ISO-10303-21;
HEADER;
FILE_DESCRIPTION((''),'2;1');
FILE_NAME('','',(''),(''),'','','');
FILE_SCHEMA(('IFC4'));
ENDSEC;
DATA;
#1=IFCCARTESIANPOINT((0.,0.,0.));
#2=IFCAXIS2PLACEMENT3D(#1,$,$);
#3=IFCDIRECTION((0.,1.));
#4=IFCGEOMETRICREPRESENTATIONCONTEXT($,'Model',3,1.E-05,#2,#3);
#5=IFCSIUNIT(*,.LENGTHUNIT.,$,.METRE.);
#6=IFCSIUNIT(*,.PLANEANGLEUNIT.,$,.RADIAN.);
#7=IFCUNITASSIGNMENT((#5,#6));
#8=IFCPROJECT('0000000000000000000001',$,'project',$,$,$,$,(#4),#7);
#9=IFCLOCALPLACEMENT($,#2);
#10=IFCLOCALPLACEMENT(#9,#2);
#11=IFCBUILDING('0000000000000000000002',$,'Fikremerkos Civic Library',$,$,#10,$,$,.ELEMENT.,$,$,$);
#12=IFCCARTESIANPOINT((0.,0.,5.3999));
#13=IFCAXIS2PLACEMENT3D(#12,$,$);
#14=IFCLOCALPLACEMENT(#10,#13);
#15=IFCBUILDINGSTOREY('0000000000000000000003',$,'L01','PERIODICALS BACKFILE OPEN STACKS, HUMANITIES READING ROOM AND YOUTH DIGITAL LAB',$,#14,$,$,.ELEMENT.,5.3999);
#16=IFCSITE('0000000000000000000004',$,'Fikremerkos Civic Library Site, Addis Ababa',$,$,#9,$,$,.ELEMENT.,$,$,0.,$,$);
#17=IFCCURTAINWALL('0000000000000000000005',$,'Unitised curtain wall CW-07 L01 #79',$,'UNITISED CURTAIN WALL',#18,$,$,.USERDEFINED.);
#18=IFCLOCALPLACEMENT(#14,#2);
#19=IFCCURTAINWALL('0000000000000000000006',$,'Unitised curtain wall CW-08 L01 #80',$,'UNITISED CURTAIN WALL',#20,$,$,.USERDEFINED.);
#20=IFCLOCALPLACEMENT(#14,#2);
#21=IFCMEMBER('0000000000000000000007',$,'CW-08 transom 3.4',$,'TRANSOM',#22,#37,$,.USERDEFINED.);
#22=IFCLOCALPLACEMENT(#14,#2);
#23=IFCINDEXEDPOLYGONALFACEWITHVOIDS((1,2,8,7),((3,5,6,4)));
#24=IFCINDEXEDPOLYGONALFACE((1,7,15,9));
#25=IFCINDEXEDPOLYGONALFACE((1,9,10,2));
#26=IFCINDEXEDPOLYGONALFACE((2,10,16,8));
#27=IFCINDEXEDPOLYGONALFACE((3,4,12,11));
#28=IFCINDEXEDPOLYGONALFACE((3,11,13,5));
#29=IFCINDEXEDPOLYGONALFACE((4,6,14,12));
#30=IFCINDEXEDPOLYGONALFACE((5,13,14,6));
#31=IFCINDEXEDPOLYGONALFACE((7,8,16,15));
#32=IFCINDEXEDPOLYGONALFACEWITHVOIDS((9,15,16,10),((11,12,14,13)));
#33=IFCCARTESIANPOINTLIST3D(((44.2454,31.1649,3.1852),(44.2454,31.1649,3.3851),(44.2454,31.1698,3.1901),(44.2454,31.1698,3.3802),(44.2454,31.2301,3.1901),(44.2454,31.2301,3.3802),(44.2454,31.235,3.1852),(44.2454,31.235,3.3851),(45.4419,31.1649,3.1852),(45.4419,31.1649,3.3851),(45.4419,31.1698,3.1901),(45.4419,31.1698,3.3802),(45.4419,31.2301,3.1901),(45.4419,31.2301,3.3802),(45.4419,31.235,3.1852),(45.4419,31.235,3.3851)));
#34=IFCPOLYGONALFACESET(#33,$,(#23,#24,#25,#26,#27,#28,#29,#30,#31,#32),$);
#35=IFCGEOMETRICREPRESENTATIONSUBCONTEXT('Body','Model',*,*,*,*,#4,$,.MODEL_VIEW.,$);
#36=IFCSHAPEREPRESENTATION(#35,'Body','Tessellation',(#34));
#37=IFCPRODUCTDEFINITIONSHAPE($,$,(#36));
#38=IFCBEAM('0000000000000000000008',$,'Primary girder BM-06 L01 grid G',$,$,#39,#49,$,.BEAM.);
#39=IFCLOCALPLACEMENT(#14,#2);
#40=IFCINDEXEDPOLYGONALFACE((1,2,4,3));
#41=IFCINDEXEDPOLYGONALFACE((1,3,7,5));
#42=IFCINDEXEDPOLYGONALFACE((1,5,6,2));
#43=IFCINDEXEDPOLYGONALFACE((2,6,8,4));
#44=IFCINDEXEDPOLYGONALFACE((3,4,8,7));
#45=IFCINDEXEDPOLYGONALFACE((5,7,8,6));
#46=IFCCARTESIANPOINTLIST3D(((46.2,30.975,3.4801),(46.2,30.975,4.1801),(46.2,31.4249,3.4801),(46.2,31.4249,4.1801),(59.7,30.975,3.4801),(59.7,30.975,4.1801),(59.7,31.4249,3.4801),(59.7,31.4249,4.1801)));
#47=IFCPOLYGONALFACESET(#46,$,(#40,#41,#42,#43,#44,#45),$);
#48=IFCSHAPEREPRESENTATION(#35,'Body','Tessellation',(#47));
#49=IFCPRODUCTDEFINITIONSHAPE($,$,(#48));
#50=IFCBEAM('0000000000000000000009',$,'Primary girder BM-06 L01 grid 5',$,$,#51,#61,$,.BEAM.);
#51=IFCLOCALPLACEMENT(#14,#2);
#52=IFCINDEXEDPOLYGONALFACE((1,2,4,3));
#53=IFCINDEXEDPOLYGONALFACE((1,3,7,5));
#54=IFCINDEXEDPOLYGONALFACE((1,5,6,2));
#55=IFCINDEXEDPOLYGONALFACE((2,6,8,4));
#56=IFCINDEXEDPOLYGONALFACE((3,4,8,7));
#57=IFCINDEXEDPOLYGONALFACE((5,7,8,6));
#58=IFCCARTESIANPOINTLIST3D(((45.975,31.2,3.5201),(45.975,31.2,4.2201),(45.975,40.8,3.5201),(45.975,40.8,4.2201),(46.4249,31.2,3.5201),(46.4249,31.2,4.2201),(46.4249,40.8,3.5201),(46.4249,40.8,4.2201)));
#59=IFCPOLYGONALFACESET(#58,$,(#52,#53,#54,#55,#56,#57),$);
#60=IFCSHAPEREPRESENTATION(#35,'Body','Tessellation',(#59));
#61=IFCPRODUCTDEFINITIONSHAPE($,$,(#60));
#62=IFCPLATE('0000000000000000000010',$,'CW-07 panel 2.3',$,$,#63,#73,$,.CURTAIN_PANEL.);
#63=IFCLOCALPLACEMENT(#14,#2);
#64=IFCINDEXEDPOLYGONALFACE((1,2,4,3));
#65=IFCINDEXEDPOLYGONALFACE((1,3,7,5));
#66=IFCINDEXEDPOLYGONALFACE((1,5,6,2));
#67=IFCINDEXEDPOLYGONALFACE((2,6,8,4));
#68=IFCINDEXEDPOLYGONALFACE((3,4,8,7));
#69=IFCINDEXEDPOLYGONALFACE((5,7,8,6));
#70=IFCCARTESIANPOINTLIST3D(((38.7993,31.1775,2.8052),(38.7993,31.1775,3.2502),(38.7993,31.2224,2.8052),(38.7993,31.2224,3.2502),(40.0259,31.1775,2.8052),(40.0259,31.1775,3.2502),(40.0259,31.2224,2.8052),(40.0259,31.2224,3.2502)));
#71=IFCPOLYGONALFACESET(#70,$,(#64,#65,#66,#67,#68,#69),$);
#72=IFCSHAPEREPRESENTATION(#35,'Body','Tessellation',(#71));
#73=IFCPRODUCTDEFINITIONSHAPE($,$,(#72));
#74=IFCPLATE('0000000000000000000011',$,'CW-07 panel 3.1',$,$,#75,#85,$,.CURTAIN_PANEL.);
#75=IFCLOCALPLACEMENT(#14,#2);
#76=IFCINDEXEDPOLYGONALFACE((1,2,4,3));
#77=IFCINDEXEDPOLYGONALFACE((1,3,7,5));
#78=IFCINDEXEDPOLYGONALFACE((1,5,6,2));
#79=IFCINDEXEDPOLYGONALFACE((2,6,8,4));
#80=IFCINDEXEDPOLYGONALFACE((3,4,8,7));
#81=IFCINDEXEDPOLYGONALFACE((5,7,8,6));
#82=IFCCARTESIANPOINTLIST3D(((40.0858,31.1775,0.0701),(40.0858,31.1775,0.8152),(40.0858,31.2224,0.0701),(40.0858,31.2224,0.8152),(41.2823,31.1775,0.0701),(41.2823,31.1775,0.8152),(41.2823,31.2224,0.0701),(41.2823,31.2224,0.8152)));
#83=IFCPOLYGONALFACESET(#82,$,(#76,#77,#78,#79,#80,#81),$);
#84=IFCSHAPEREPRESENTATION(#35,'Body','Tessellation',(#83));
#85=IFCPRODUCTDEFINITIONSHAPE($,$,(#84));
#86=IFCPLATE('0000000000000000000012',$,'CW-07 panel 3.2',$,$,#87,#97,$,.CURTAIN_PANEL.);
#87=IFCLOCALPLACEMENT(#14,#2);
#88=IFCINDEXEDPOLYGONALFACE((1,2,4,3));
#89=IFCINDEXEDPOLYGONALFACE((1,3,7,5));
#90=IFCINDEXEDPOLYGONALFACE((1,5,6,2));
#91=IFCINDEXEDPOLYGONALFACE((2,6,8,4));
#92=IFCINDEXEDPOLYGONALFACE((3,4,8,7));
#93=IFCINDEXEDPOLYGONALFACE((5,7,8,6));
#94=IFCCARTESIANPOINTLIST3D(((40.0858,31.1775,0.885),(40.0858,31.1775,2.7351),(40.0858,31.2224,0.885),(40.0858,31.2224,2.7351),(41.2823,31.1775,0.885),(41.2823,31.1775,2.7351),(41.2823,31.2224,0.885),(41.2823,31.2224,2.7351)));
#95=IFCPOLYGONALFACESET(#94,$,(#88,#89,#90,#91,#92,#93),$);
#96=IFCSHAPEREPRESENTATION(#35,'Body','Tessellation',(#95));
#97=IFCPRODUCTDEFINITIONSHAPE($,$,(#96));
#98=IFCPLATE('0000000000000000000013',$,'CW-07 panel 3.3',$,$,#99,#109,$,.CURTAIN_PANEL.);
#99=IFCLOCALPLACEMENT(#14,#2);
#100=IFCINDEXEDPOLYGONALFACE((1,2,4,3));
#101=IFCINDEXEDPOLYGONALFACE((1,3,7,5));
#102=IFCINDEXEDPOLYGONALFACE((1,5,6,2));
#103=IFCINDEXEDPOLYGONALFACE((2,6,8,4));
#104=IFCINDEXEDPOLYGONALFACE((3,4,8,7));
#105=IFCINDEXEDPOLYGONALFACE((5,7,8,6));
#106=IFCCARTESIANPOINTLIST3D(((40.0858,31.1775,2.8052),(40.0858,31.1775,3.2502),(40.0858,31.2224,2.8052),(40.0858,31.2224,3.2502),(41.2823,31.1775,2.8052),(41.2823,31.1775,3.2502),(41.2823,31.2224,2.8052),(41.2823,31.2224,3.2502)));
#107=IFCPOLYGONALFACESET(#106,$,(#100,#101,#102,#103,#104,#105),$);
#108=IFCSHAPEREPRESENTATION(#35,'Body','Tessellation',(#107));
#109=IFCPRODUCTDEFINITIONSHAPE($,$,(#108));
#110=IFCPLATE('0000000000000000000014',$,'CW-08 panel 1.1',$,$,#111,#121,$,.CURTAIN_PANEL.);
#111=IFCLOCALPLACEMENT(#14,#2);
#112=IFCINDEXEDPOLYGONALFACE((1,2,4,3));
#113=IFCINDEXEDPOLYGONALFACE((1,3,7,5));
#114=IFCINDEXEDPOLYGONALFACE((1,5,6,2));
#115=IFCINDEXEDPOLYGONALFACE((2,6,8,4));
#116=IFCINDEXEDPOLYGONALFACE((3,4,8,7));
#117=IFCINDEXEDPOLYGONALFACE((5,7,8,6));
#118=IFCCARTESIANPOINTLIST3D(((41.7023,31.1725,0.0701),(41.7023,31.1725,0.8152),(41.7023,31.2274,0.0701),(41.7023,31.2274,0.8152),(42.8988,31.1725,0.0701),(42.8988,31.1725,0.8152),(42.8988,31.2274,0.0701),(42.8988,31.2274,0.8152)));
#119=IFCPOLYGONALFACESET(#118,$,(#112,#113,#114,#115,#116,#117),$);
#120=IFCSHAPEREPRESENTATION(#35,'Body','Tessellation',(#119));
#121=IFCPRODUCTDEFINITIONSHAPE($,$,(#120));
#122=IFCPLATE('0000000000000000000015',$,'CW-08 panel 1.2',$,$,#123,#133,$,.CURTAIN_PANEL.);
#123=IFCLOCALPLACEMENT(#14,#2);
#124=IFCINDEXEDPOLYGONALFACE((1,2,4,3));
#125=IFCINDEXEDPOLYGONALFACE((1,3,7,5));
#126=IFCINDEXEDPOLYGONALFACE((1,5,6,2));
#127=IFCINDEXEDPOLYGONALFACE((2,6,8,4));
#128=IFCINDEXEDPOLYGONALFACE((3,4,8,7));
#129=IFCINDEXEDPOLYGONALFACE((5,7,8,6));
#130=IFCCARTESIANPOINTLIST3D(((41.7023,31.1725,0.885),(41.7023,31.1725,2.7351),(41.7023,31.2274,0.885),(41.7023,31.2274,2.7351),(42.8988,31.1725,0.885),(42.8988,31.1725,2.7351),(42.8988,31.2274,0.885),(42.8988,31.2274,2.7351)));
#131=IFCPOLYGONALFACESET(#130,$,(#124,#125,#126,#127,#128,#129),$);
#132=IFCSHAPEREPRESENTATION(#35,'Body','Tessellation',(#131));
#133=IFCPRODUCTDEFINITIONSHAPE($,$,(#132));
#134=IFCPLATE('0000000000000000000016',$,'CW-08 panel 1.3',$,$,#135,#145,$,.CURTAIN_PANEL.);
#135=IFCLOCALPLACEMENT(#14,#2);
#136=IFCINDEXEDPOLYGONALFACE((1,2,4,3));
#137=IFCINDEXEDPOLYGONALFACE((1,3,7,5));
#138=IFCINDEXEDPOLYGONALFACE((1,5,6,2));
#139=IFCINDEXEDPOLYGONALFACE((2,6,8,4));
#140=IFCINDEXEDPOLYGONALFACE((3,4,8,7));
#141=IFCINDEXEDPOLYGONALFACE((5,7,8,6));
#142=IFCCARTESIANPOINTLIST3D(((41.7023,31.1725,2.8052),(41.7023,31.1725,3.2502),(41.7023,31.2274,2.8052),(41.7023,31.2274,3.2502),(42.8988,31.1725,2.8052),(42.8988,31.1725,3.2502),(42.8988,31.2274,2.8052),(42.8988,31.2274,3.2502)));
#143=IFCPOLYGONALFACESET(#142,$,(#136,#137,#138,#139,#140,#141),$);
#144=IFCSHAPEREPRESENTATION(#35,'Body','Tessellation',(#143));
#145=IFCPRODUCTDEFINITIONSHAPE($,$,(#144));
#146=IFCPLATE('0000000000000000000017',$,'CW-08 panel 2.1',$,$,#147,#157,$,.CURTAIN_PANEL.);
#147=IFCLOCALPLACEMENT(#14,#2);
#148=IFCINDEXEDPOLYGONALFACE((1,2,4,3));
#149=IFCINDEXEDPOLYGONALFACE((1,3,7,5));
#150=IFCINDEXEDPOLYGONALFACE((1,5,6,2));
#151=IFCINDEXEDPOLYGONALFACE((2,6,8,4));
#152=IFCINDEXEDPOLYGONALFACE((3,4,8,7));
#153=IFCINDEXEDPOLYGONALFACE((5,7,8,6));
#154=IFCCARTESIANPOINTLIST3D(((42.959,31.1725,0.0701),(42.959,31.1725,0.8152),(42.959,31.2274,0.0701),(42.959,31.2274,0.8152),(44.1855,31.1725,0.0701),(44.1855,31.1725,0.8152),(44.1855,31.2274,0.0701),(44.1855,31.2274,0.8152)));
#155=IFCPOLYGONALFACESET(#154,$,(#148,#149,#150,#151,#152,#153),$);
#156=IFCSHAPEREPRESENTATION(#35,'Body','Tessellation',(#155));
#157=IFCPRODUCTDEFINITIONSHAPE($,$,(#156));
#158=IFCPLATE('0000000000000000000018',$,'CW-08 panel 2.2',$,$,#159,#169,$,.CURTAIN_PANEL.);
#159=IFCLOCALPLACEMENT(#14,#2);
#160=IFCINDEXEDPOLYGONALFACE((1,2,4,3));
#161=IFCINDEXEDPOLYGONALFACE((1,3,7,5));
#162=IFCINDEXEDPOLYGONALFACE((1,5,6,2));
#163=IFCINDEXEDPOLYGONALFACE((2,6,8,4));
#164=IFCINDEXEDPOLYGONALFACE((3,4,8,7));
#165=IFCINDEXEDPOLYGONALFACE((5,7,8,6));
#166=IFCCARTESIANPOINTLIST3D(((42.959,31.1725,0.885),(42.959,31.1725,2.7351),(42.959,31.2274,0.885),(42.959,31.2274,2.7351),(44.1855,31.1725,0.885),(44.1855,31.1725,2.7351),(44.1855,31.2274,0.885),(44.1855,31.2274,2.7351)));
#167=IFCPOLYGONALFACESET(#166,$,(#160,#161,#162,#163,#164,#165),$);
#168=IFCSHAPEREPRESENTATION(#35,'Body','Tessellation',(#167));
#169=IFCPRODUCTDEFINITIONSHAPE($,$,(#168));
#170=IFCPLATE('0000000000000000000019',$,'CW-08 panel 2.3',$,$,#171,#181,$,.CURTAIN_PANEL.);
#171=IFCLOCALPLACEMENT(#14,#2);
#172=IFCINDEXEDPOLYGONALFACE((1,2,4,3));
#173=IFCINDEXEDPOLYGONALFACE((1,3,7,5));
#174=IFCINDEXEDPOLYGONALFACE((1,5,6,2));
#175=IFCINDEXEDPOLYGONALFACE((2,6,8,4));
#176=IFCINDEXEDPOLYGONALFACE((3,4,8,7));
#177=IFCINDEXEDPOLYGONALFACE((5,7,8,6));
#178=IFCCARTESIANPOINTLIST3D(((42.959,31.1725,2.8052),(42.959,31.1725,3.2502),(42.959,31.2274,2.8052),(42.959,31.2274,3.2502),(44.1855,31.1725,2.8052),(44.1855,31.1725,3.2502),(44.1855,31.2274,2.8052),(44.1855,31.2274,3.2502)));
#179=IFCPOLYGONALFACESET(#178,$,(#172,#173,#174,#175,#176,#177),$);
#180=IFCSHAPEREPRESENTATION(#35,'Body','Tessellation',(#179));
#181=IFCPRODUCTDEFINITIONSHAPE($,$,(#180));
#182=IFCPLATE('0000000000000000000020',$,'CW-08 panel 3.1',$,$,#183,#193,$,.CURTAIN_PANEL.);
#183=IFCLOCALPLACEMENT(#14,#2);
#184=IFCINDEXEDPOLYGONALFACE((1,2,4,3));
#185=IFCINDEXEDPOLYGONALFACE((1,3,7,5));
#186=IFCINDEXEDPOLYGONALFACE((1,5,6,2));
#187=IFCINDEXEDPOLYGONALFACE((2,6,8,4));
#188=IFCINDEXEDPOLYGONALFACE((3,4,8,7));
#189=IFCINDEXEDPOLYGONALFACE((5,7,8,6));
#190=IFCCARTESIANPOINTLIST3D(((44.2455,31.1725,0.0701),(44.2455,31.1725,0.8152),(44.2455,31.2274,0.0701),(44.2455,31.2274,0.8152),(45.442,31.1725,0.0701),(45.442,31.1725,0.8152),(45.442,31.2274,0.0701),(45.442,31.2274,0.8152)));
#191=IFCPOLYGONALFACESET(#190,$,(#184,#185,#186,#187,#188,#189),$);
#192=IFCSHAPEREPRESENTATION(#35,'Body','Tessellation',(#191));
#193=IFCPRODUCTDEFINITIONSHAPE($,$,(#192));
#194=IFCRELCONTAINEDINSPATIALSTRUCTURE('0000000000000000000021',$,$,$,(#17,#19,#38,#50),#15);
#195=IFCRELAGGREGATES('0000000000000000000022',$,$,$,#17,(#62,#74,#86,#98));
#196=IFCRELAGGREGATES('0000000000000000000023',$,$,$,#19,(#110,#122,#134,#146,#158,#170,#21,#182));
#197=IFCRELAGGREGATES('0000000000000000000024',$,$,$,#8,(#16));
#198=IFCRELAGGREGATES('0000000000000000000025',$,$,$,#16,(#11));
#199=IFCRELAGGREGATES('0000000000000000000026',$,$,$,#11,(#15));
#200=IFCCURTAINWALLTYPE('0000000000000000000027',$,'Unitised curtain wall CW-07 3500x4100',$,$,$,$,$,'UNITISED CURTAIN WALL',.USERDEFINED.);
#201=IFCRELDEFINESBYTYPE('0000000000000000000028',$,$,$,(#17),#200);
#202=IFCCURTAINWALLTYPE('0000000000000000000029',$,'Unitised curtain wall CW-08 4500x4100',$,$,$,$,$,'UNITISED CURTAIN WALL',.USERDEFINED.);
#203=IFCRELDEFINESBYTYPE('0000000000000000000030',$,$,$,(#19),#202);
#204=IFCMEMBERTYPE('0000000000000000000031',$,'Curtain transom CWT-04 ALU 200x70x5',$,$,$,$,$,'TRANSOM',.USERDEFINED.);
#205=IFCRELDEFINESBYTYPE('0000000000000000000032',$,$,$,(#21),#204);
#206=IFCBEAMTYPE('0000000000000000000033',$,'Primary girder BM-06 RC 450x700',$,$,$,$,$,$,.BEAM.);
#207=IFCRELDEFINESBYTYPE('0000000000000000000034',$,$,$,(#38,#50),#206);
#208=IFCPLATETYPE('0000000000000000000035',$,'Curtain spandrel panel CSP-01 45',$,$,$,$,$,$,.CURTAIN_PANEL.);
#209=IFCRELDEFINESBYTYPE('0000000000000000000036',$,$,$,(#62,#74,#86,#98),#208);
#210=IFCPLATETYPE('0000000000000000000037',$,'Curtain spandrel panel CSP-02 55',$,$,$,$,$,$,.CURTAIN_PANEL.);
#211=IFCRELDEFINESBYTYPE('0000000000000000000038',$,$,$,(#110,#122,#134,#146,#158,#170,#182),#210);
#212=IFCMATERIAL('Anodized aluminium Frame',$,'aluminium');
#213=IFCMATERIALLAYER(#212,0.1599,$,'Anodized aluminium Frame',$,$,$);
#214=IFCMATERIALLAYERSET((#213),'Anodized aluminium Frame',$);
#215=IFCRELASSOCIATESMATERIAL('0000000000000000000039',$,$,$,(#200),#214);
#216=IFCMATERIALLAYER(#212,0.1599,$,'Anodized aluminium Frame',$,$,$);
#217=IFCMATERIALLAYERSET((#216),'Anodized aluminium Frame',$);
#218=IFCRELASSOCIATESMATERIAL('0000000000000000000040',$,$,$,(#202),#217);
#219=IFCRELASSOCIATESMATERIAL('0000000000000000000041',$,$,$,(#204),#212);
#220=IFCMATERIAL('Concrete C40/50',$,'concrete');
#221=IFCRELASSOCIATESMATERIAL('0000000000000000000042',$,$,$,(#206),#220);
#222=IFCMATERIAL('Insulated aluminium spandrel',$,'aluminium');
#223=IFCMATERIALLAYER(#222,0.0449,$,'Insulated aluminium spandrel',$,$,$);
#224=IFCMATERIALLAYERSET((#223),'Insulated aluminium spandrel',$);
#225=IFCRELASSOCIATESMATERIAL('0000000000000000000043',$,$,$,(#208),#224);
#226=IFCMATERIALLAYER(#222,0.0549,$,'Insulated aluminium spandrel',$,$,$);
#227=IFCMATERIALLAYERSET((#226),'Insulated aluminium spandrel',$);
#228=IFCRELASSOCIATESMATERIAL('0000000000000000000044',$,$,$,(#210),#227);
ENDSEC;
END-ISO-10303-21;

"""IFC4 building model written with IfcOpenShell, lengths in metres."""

from ifc_helpers import new_model, si_unit, direction, frame, origin, origin_2d, place, context, subcontext, project, spatial, rectangle, hollow_rectangle, extrude, material, layer, layer_set, material_profile, profile_set, type_object, element, aggregate, save


model = new_model("IFC4")

# Units and contexts
model_context = context("Model", 3, precision=1e-05, world=origin(), true_north=direction((0.0, 1.0)))
body_context = subcontext(model_context, "Body", "Model", "MODEL_VIEW")
ifc_project = project(units=[si_unit("LENGTHUNIT", "METRE"), si_unit("PLANEANGLEUNIT", "RADIAN")], contexts=[model_context])

# Site, building, storey
site_placement = place(None, origin())
site = spatial("IfcSite", under=ifc_project, at=site_placement, Name="Fikremerkos Civic Library Site, Addis Ababa", CompositionType="ELEMENT", RefElevation=0.0)
building_placement = place(site_placement, origin())
building = spatial("IfcBuilding", under=site, at=building_placement, Name="Fikremerkos Civic Library", CompositionType="ELEMENT")
storey_placement = place(building_placement, frame((0.0, 0.0, 5.3999)))
storey = spatial("IfcBuildingStorey", under=building, at=storey_placement, Name="L01", Description="PERIODICALS BACKFILE OPEN STACKS, HUMANITIES READING ROOM AND YOUTH DIGITAL LAB", CompositionType="ELEMENT", Elevation=5.3999)

# Shared definitions
ifc_material_1 = material(Name="Concrete C40/50", Category="concrete")

# Curtain walls
ifc_material_2 = material(Name="Anodized aluminium Frame", Category="aluminium")
ifc_layer_1 = layer(ifc_material_2, 0.1599, Name="Anodized aluminium Frame")
ifc_layer_set_1 = layer_set([ifc_layer_1], Name="Anodized aluminium Frame")
curtain_wall_type_1 = type_object("IfcCurtainWallType", Name="Unitised curtain wall CW-07 3500x4100", ElementType="UNITISED CURTAIN WALL", PredefinedType="USERDEFINED", material=ifc_layer_set_1)
curtain_wall_1_placement = place(storey_placement, origin())
curtain_wall_1 = element("IfcCurtainWall", 1, at=curtain_wall_1_placement, inside=storey, type_object=curtain_wall_type_1, Name="Unitised curtain wall CW-07 L01 #79", ObjectType="UNITISED CURTAIN WALL", PredefinedType="USERDEFINED")
ifc_layer_2 = layer(ifc_material_2, 0.1599, Name="Anodized aluminium Frame")
ifc_layer_set_2 = layer_set([ifc_layer_2], Name="Anodized aluminium Frame")
curtain_wall_type_2 = type_object("IfcCurtainWallType", Name="Unitised curtain wall CW-08 4500x4100", ElementType="UNITISED CURTAIN WALL", PredefinedType="USERDEFINED", material=ifc_layer_set_2)
curtain_wall_2_placement = place(storey_placement, origin())
curtain_wall_2 = element("IfcCurtainWall", 2, at=curtain_wall_2_placement, inside=storey, type_object=curtain_wall_type_2, Name="Unitised curtain wall CW-08 L01 #80", ObjectType="UNITISED CURTAIN WALL", PredefinedType="USERDEFINED")

# Member
ifc_material_profile_1 = material_profile(ifc_material_2, hollow_rectangle(XDim=0.0701, YDim=0.2, WallThickness=0.0049, at=origin_2d()), Name="ALU 200x70x5")
ifc_profile_set_1 = profile_set([ifc_material_profile_1], Name="Anodized aluminium Frame")
member_type_1 = type_object("IfcMemberType", Name="Curtain transom CWT-04 ALU 200x70x5", ElementType="TRANSOM", PredefinedType="USERDEFINED", material=ifc_profile_set_1)
member_1_placement = place(storey_placement, frame((44.2454, 31.2, 3.2852), z_axis=(1.0, 0.0, 0.0), x_axis=(0.0, 1.0, 0.0)))
member_1 = element("IfcMember", 3, at=member_1_placement, type_object=member_type_1, Name="CW-08 transom 3.4", ObjectType="TRANSOM", PredefinedType="USERDEFINED", context=body_context, shape_type="SweptSolid", body=[
    extrude(hollow_rectangle(XDim=0.0701, YDim=0.2, WallThickness=0.0049, at=origin_2d()), origin(), (0.0, 0.0, 1.0), 1.1965),
])

# Beams
ifc_material_profile_2 = material_profile(ifc_material_1, rectangle(XDim=0.45, YDim=0.7, at=origin_2d()), Name="RC 450x700")
ifc_profile_set_2 = profile_set([ifc_material_profile_2], Name="Concrete C40/50")
beam_type = type_object("IfcBeamType", Name="Primary girder BM-06 RC 450x700", PredefinedType="BEAM", material=ifc_profile_set_2)
beam_1_placement = place(storey_placement, frame((46.2, 31.2, 3.8301), z_axis=(1.0, 0.0, 0.0), x_axis=(0.0, 1.0, 0.0)))
element("IfcBeam", 4, at=beam_1_placement, inside=storey, type_object=beam_type, Name="Primary girder BM-06 L01 grid G", PredefinedType="BEAM", context=body_context, shape_type="SweptSolid", body=[
    extrude(rectangle(XDim=0.45, YDim=0.7, at=origin_2d()), origin(), (0.0, 0.0, 1.0), 13.5),
])
beam_2_placement = place(storey_placement, frame((46.2, 31.2, 3.8701), z_axis=(0.0, 1.0, 0.0), x_axis=(-1.0, 0.0, 0.0)))
element("IfcBeam", 5, at=beam_2_placement, inside=storey, type_object=beam_type, Name="Primary girder BM-06 L01 grid 5", PredefinedType="BEAM", context=body_context, shape_type="SweptSolid", body=[
    extrude(rectangle(XDim=0.45, YDim=0.7, at=origin_2d()), origin(), (0.0, 0.0, 1.0), 9.6001),
])

# Plates
ifc_material_3 = material(Name="Insulated aluminium spandrel", Category="aluminium")
ifc_layer_3 = layer(ifc_material_3, 0.0449, Name="Insulated aluminium spandrel")
ifc_layer_set_3 = layer_set([ifc_layer_3], Name="Insulated aluminium spandrel")
plate_type_1 = type_object("IfcPlateType", Name="Curtain spandrel panel CSP-01 45", PredefinedType="CURTAIN_PANEL", material=ifc_layer_set_3)
plate_1_placement = place(storey_placement, frame((39.4126, 31.2, 2.8052), z_axis=(0.0, 0.0, 1.0), x_axis=(1.0, 0.0, 0.0)))
plate_1 = element("IfcPlate", 6, at=plate_1_placement, type_object=plate_type_1, Name="CW-07 panel 2.3", PredefinedType="CURTAIN_PANEL", context=body_context, shape_type="SweptSolid", body=[
    extrude(rectangle(XDim=1.2266, YDim=0.0449, at=origin_2d()), origin(), (0.0, 0.0, 1.0), 0.4451),
])
plate_2_placement = place(storey_placement, frame((40.6841, 31.2, 0.0701), z_axis=(0.0, 0.0, 1.0), x_axis=(1.0, 0.0, 0.0)))
plate_2 = element("IfcPlate", 7, at=plate_2_placement, type_object=plate_type_1, Name="CW-07 panel 3.1", PredefinedType="CURTAIN_PANEL", context=body_context, shape_type="SweptSolid", body=[
    extrude(rectangle(XDim=1.1965, YDim=0.0449, at=origin_2d()), origin(), (0.0, 0.0, 1.0), 0.7451),
])
plate_3_placement = place(storey_placement, frame((40.6841, 31.2, 0.885), z_axis=(0.0, 0.0, 1.0), x_axis=(1.0, 0.0, 0.0)))
plate_3 = element("IfcPlate", 8, at=plate_3_placement, type_object=plate_type_1, Name="CW-07 panel 3.2", PredefinedType="CURTAIN_PANEL", context=body_context, shape_type="SweptSolid", body=[
    extrude(rectangle(XDim=1.1965, YDim=0.0449, at=origin_2d()), origin(), (0.0, 0.0, 1.0), 1.8501),
])
plate_4_placement = place(storey_placement, frame((40.6841, 31.2, 2.8052), z_axis=(0.0, 0.0, 1.0), x_axis=(1.0, 0.0, 0.0)))
plate_4 = element("IfcPlate", 9, at=plate_4_placement, type_object=plate_type_1, Name="CW-07 panel 3.3", PredefinedType="CURTAIN_PANEL", context=body_context, shape_type="SweptSolid", body=[
    extrude(rectangle(XDim=1.1965, YDim=0.0449, at=origin_2d()), origin(), (0.0, 0.0, 1.0), 0.4451),
])
aggregate(curtain_wall_1, [plate_1, plate_2, plate_3, plate_4])
ifc_layer_4 = layer(ifc_material_3, 0.0549, Name="Insulated aluminium spandrel")
ifc_layer_set_4 = layer_set([ifc_layer_4], Name="Insulated aluminium spandrel")
plate_type_2 = type_object("IfcPlateType", Name="Curtain spandrel panel CSP-02 55", PredefinedType="CURTAIN_PANEL", material=ifc_layer_set_4)
plate_5_placement = place(storey_placement, frame((42.3005, 31.2, 0.0701), z_axis=(0.0, 0.0, 1.0), x_axis=(1.0, 0.0, 0.0)))
plate_5 = element("IfcPlate", 10, at=plate_5_placement, type_object=plate_type_2, Name="CW-08 panel 1.1", PredefinedType="CURTAIN_PANEL", context=body_context, shape_type="SweptSolid", body=[
    extrude(rectangle(XDim=1.1965, YDim=0.0549, at=origin_2d()), origin(), (0.0, 0.0, 1.0), 0.7451),
])
plate_6_placement = place(storey_placement, frame((42.3005, 31.2, 0.885), z_axis=(0.0, 0.0, 1.0), x_axis=(1.0, 0.0, 0.0)))
plate_6 = element("IfcPlate", 11, at=plate_6_placement, type_object=plate_type_2, Name="CW-08 panel 1.2", PredefinedType="CURTAIN_PANEL", context=body_context, shape_type="SweptSolid", body=[
    extrude(rectangle(XDim=1.1965, YDim=0.0549, at=origin_2d()), origin(), (0.0, 0.0, 1.0), 1.8501),
])
plate_7_placement = place(storey_placement, frame((42.3005, 31.2, 2.8052), z_axis=(0.0, 0.0, 1.0), x_axis=(1.0, 0.0, 0.0)))
plate_7 = element("IfcPlate", 12, at=plate_7_placement, type_object=plate_type_2, Name="CW-08 panel 1.3", PredefinedType="CURTAIN_PANEL", context=body_context, shape_type="SweptSolid", body=[
    extrude(rectangle(XDim=1.1965, YDim=0.0549, at=origin_2d()), origin(), (0.0, 0.0, 1.0), 0.4451),
])
plate_8_placement = place(storey_placement, frame((43.5723, 31.2, 0.0701), z_axis=(0.0, 0.0, 1.0), x_axis=(1.0, 0.0, 0.0)))
plate_8 = element("IfcPlate", 13, at=plate_8_placement, type_object=plate_type_2, Name="CW-08 panel 2.1", PredefinedType="CURTAIN_PANEL", context=body_context, shape_type="SweptSolid", body=[
    extrude(rectangle(XDim=1.2266, YDim=0.0549, at=origin_2d()), origin(), (0.0, 0.0, 1.0), 0.7451),
])
plate_9_placement = place(storey_placement, frame((43.5723, 31.2, 0.885), z_axis=(0.0, 0.0, 1.0), x_axis=(1.0, 0.0, 0.0)))
plate_9 = element("IfcPlate", 14, at=plate_9_placement, type_object=plate_type_2, Name="CW-08 panel 2.2", PredefinedType="CURTAIN_PANEL", context=body_context, shape_type="SweptSolid", body=[
    extrude(rectangle(XDim=1.2266, YDim=0.0549, at=origin_2d()), origin(), (0.0, 0.0, 1.0), 1.8501),
])
plate_10_placement = place(storey_placement, frame((43.5723, 31.2, 2.8052), z_axis=(0.0, 0.0, 1.0), x_axis=(1.0, 0.0, 0.0)))
plate_10 = element("IfcPlate", 15, at=plate_10_placement, type_object=plate_type_2, Name="CW-08 panel 2.3", PredefinedType="CURTAIN_PANEL", context=body_context, shape_type="SweptSolid", body=[
    extrude(rectangle(XDim=1.2266, YDim=0.0549, at=origin_2d()), origin(), (0.0, 0.0, 1.0), 0.4451),
])
plate_11_placement = place(storey_placement, frame((44.8438, 31.2, 0.0701), z_axis=(0.0, 0.0, 1.0), x_axis=(1.0, 0.0, 0.0)))
plate_11 = element("IfcPlate", 16, at=plate_11_placement, type_object=plate_type_2, Name="CW-08 panel 3.1", PredefinedType="CURTAIN_PANEL", context=body_context, shape_type="SweptSolid", body=[
    extrude(rectangle(XDim=1.1965, YDim=0.0549, at=origin_2d()), origin(), (0.0, 0.0, 1.0), 0.7451),
])
aggregate(curtain_wall_2, [plate_5, plate_6, plate_7, plate_8, plate_9, plate_10, member_1, plate_11])

save(model, "model.ifc")
